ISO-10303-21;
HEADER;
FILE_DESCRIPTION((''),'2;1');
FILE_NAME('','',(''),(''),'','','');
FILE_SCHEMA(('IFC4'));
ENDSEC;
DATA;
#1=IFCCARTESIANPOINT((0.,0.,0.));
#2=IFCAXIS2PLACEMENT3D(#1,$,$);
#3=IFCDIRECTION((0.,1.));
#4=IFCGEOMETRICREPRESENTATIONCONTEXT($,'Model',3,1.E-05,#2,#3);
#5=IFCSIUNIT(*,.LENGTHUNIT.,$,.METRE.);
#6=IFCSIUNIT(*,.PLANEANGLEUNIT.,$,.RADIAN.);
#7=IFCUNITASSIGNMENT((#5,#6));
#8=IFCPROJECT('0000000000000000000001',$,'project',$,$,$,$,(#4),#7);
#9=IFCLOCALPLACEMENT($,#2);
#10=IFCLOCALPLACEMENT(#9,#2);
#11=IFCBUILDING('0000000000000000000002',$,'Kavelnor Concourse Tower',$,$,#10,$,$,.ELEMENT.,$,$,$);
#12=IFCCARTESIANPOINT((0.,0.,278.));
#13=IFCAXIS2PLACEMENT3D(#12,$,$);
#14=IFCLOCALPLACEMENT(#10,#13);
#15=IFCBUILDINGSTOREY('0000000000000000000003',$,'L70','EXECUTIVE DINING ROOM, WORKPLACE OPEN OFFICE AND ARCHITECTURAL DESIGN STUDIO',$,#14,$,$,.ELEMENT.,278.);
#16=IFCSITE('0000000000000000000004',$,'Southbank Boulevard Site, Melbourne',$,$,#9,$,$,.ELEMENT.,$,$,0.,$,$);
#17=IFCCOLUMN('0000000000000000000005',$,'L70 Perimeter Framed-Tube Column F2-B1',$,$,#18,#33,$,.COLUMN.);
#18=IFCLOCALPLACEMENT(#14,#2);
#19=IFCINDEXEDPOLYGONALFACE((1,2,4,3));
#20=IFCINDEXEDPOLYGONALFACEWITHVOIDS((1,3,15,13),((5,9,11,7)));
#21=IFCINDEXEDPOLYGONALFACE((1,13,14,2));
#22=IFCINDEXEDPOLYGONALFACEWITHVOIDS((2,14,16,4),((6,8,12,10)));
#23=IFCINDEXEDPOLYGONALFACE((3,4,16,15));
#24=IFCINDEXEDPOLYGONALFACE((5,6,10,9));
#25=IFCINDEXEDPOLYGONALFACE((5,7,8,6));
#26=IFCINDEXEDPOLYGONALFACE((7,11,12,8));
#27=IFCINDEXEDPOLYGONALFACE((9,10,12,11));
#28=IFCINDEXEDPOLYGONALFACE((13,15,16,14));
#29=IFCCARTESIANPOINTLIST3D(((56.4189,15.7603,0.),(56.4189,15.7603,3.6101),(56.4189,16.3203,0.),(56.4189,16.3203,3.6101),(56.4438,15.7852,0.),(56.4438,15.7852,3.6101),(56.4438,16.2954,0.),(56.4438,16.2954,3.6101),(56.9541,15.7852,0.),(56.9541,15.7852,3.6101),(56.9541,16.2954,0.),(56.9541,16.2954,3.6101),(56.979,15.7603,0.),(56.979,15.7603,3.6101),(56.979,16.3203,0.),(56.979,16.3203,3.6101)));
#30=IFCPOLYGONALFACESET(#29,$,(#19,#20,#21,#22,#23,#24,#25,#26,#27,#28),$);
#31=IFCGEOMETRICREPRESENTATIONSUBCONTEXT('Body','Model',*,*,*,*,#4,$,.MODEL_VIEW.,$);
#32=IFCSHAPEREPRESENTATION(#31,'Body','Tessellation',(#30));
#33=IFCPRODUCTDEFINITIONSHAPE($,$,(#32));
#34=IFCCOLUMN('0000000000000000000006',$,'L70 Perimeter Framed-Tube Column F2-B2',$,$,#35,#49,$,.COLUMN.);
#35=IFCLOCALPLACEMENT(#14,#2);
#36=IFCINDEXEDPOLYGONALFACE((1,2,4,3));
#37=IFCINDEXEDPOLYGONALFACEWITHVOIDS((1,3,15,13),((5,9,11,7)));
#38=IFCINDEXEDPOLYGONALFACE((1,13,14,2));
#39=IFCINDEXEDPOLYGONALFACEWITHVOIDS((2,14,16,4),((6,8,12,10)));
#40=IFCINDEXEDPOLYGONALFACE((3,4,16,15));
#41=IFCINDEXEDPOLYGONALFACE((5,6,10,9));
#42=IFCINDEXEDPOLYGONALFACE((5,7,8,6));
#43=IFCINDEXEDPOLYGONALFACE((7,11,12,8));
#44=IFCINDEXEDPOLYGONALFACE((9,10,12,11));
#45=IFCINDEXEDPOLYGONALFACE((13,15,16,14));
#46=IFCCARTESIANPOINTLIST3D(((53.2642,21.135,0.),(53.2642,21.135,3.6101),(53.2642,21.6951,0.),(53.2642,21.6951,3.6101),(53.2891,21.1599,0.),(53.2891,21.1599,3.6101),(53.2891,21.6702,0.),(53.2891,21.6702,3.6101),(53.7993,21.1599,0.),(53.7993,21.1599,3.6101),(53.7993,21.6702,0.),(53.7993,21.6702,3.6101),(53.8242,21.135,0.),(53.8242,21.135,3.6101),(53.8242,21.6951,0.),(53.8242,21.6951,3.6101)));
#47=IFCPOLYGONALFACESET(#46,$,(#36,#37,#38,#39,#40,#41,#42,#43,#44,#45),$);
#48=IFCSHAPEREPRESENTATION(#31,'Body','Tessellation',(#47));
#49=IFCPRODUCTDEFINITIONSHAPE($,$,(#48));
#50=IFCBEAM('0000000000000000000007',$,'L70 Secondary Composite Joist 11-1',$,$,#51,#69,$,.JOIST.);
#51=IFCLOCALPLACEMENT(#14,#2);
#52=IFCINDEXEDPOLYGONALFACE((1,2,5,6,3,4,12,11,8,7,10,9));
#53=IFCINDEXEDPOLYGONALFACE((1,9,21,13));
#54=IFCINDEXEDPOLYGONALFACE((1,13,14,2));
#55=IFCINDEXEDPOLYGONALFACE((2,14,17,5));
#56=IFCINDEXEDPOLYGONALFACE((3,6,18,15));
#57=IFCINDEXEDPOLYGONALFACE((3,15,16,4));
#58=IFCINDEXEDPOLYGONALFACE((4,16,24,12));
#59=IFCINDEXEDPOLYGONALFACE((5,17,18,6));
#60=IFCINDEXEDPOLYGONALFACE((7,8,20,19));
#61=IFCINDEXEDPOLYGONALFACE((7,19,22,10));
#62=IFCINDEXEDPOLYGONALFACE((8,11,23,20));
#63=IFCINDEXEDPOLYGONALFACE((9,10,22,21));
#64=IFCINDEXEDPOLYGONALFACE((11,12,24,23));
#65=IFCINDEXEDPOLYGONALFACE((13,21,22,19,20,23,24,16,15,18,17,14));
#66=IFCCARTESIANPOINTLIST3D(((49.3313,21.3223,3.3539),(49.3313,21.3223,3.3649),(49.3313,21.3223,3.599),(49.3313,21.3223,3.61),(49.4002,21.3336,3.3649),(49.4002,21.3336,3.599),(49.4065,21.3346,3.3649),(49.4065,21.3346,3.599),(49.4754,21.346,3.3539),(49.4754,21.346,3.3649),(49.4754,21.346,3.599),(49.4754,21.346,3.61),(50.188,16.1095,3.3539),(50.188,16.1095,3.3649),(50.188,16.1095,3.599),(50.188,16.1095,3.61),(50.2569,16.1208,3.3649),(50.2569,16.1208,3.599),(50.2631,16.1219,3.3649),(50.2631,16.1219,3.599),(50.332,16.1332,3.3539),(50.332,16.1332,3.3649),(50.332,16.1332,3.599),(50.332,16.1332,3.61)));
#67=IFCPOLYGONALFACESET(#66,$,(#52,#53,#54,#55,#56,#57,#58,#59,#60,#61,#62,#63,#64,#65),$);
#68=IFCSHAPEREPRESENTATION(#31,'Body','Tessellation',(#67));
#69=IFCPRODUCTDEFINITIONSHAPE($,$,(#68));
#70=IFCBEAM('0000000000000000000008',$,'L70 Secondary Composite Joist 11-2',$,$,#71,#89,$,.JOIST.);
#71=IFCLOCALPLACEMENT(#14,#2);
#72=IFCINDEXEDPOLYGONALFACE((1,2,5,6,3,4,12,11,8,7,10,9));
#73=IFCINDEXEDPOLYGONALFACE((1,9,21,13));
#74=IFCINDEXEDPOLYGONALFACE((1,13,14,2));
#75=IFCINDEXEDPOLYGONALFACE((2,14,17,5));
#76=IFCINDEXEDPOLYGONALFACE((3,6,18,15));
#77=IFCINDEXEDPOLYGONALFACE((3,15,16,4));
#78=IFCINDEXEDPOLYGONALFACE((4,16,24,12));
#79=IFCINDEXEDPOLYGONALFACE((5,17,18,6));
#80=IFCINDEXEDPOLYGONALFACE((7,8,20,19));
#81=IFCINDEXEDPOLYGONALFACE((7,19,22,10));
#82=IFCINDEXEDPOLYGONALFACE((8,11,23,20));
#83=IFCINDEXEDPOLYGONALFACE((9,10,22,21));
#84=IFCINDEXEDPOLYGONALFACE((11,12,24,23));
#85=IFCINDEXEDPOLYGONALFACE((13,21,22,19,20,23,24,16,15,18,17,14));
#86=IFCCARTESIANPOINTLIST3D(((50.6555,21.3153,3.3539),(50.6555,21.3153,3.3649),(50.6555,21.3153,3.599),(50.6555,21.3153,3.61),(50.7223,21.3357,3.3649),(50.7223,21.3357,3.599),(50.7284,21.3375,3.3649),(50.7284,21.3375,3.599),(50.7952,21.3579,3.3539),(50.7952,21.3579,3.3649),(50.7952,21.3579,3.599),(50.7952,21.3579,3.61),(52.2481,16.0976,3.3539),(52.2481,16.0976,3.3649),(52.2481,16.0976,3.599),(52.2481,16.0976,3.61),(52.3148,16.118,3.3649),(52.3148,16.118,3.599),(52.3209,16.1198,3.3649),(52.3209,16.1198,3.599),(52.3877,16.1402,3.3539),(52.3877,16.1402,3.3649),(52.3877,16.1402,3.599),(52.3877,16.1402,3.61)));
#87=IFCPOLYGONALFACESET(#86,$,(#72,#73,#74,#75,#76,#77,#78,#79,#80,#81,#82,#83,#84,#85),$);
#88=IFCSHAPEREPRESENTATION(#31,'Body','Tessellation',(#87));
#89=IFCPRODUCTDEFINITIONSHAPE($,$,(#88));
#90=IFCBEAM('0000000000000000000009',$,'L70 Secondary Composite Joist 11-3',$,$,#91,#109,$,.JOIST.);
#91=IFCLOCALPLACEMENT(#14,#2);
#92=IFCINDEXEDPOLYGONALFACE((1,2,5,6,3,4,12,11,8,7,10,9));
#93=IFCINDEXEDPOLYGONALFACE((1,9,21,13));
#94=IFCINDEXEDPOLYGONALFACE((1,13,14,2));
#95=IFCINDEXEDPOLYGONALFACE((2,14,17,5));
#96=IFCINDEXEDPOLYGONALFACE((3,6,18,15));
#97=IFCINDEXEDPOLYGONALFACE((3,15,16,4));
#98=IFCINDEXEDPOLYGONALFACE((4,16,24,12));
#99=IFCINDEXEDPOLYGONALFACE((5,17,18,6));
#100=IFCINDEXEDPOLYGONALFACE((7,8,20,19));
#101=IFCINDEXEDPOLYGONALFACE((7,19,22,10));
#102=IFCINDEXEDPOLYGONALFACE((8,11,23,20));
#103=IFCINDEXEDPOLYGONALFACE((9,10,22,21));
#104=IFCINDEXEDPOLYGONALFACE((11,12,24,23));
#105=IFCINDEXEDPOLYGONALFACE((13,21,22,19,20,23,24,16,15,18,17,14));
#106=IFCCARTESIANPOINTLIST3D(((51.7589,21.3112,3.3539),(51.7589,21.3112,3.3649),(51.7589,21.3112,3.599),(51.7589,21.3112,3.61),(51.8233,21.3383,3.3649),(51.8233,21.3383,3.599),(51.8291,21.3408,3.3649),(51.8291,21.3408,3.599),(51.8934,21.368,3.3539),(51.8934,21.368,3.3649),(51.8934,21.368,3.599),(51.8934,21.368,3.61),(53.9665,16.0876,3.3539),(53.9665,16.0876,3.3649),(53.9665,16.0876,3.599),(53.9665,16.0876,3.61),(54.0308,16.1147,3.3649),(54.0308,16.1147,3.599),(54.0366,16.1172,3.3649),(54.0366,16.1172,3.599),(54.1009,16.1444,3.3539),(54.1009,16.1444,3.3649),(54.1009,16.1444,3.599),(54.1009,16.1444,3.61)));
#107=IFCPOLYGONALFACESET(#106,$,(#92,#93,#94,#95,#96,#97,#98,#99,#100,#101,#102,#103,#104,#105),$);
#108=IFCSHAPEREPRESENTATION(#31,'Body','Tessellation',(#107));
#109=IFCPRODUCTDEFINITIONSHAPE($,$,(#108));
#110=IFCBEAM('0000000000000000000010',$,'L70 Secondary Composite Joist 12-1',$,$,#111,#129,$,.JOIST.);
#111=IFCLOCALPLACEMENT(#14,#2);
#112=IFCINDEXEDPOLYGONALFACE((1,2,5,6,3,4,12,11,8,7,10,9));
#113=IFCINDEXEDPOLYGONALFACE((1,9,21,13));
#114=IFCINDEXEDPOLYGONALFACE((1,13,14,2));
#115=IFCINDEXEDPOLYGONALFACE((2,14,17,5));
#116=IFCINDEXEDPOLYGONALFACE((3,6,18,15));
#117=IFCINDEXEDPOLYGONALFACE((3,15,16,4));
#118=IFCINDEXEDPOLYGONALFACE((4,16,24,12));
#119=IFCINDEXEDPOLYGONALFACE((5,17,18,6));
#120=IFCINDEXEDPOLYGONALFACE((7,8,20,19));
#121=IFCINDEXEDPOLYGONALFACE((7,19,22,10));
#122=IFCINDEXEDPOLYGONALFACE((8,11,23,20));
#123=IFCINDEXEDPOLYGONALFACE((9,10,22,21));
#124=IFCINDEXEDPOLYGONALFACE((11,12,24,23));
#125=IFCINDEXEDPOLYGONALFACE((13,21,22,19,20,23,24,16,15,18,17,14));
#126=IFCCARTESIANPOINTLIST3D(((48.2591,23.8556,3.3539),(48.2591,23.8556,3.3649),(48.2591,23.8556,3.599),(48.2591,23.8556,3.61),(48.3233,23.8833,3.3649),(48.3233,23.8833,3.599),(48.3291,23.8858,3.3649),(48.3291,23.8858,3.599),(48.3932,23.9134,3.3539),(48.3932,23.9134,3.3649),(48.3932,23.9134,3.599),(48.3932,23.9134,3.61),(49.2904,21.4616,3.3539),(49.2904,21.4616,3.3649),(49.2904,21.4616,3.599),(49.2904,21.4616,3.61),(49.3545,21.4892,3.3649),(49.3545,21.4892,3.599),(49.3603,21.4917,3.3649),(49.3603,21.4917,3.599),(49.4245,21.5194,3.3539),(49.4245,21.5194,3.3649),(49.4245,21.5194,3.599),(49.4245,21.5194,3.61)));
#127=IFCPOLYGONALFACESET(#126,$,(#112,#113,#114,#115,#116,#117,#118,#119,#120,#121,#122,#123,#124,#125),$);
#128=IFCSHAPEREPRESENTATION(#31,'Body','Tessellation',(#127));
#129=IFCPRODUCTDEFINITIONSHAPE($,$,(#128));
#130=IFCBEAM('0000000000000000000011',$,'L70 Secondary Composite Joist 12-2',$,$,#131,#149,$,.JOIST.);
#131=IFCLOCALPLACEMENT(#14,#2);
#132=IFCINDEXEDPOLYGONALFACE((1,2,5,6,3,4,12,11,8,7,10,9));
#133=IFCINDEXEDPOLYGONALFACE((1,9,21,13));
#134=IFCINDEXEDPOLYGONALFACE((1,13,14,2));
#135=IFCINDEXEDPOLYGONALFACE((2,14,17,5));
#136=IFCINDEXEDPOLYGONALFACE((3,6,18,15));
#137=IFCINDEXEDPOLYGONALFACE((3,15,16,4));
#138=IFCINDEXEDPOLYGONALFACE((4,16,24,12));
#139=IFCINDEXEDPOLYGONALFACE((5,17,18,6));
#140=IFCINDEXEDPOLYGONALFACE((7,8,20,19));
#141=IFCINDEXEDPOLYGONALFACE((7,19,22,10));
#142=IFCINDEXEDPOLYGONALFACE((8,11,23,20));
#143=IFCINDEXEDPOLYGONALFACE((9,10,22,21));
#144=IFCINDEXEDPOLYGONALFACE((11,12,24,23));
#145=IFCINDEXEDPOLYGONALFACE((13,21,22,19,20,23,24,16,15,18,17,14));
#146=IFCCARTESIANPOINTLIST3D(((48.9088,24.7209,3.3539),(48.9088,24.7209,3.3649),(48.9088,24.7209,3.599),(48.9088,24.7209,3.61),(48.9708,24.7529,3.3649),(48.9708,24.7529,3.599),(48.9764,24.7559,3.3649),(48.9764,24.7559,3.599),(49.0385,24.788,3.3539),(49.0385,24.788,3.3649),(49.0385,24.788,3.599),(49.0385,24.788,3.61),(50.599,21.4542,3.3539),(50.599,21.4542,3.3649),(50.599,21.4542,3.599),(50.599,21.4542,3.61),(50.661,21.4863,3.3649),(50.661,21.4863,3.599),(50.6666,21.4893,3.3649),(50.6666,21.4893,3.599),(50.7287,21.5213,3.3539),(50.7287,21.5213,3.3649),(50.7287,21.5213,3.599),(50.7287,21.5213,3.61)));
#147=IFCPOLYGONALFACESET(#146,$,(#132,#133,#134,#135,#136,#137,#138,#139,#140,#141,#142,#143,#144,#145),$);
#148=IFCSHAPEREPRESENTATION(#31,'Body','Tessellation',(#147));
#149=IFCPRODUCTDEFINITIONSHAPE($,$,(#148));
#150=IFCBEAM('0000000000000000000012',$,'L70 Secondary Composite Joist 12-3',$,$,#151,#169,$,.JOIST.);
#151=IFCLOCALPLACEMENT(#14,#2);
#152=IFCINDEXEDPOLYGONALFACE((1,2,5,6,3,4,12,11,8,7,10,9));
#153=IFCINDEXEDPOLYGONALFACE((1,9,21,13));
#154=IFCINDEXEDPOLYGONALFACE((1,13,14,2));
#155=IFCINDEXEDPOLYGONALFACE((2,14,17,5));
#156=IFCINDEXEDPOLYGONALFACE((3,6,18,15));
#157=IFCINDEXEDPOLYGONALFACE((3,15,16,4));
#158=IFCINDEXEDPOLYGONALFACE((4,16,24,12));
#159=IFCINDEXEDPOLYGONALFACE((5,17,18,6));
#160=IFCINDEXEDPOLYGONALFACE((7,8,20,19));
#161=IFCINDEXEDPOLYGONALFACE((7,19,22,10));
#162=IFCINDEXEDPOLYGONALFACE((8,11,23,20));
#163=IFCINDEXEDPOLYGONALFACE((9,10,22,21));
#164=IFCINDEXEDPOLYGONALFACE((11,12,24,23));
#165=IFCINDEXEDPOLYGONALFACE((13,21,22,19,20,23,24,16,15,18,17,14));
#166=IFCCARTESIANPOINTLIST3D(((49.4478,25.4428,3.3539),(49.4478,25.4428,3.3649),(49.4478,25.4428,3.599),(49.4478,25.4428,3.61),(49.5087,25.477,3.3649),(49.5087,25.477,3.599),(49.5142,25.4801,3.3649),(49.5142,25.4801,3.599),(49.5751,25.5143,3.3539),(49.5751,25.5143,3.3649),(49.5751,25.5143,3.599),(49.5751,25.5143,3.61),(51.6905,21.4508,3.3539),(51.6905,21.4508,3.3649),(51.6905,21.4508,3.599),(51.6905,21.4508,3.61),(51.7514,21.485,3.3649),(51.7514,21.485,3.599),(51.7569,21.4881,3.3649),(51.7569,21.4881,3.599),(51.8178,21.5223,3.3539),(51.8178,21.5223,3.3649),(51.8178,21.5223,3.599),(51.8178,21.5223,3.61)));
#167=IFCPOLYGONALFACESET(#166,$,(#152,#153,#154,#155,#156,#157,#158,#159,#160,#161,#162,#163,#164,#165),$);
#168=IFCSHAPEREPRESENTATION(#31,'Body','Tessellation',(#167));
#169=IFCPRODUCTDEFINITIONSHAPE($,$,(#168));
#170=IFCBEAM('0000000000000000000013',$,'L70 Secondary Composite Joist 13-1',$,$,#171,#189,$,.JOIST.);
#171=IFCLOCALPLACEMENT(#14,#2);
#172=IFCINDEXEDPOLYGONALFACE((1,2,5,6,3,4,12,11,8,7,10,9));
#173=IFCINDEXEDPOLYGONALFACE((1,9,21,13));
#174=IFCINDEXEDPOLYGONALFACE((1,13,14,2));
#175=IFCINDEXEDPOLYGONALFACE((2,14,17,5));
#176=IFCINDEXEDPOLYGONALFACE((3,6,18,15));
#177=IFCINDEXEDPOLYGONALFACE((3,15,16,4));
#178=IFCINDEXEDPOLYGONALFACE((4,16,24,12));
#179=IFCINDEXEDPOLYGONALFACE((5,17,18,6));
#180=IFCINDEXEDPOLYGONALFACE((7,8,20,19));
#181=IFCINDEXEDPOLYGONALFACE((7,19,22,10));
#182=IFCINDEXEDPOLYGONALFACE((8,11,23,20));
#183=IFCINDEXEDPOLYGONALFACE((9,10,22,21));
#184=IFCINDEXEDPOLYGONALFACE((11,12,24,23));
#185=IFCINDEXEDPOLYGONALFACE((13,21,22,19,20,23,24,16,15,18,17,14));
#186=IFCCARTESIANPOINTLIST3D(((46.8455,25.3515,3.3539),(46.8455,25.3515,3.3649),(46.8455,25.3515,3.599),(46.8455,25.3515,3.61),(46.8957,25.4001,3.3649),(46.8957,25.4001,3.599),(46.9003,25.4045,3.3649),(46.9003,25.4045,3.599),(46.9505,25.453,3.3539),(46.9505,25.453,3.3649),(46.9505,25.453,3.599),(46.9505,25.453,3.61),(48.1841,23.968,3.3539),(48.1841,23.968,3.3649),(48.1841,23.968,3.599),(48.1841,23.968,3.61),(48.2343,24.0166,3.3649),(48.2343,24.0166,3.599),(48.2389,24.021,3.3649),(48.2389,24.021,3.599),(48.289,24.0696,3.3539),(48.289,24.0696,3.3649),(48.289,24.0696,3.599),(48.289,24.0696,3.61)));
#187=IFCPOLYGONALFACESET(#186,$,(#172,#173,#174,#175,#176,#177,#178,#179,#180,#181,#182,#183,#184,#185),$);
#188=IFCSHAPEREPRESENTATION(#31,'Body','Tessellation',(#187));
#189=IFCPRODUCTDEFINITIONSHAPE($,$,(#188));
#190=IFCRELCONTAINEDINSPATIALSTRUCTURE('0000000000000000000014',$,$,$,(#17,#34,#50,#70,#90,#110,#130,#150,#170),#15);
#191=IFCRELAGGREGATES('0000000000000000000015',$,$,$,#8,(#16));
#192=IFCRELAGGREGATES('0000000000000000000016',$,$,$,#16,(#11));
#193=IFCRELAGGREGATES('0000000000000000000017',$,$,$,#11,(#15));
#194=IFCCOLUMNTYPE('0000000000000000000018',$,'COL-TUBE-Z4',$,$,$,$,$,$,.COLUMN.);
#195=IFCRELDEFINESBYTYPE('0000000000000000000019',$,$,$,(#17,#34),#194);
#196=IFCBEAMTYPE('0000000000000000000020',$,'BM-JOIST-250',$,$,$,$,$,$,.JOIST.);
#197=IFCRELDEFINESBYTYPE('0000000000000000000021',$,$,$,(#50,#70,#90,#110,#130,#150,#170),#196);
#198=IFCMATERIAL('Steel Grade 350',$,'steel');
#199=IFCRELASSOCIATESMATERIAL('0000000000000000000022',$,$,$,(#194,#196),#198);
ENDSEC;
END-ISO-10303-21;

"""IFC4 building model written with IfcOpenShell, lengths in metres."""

from ifc_helpers import new_model, si_unit, direction, frame, origin, origin_2d, place, context, subcontext, project, spatial, hollow_rectangle, i_section, extrude, material, material_profile, profile_set, type_object, element, save


model = new_model("IFC4")

# Units and contexts
model_context = context("Model", 3, precision=1e-05, world=origin(), true_north=direction((0.0, 1.0)))
body_context = subcontext(model_context, "Body", "Model", "MODEL_VIEW")
ifc_project = project(units=[si_unit("LENGTHUNIT", "METRE"), si_unit("PLANEANGLEUNIT", "RADIAN")], contexts=[model_context])

# Site, building, storey
site_placement = place(None, origin())
site = spatial("IfcSite", under=ifc_project, at=site_placement, Name="Southbank Boulevard Site, Melbourne", CompositionType="ELEMENT", RefElevation=0.0)
building_placement = place(site_placement, origin())
building = spatial("IfcBuilding", under=site, at=building_placement, Name="Kavelnor Concourse Tower", CompositionType="ELEMENT")
storey_placement = place(building_placement, frame((0.0, 0.0, 278.0)))
storey = spatial("IfcBuildingStorey", under=building, at=storey_placement, Name="L70", Description="EXECUTIVE DINING ROOM, WORKPLACE OPEN OFFICE AND ARCHITECTURAL DESIGN STUDIO", CompositionType="ELEMENT", Elevation=278.0)

# Columns
ifc_material_1 = material(Name="Steel Grade 350", Category="steel")
ifc_material_profile_1 = material_profile(ifc_material_1, hollow_rectangle(XDim=0.5601, YDim=0.5601, WallThickness=0.0249, at=origin_2d()), Name="SHS 560x560x25")
ifc_profile_set_1 = profile_set([ifc_material_profile_1], Name="Steel Grade 350")
column_type = type_object("IfcColumnType", Name="COL-TUBE-Z4", PredefinedType="COLUMN", material=ifc_profile_set_1)
for number, where, z_axis, x_axis, name in (
    (1, (56.699, 16.0403, 0.0), (0.0, 0.0, 1.0), (1.0, 0.0, 0.0), "L70 Perimeter Framed-Tube Column F2-B1"),
    (2, (53.5442, 21.415, 0.0), (0.0, 0.0, 1.0), (1.0, 0.0, 0.0), "L70 Perimeter Framed-Tube Column F2-B2"),
):
    element("IfcColumn", number, at=place(storey_placement, frame(where, z_axis=z_axis, x_axis=x_axis)), inside=storey, type_object=column_type, Name=name, PredefinedType="COLUMN", context=body_context, shape_type="SweptSolid", body=[
        extrude(hollow_rectangle(XDim=0.5601, YDim=0.5601, WallThickness=0.0249, at=origin_2d()), origin(), (0.0, 0.0, 1.0), 3.6101),
    ])

# Beams
ifc_material_profile_2 = material_profile(ifc_material_1, i_section(OverallWidth=0.146, OverallDepth=0.2561, WebThickness=0.0063, FlangeThickness=0.011, at=origin_2d()), Name="250UB37")
ifc_profile_set_2 = profile_set([ifc_material_profile_2], Name="Steel Grade 350")
beam_type_1 = type_object("IfcBeamType", Name="BM-JOIST-250", PredefinedType="JOIST", material=ifc_profile_set_2)
beam_1_placement = place(storey_placement, frame((50.26, 16.1213, 3.4819), z_axis=(-0.162165, 0.986764, 0.0), x_axis=(-0.986764, -0.162165, 0.0)))
element("IfcBeam", 3, at=beam_1_placement, inside=storey, type_object=beam_type_1, Name="L70 Secondary Composite Joist 11-1", PredefinedType="JOIST", context=body_context, shape_type="SweptSolid", body=[
    extrude(i_section(OverallWidth=0.146, OverallDepth=0.2561, WebThickness=0.0063, FlangeThickness=0.011, at=origin_2d()), origin(), (0.0, 0.0, 1.0), 5.2827),
])
beam_2_placement = place(storey_placement, frame((52.3179, 16.1189, 3.4819), z_axis=(-0.291918, 0.956443, 0.0), x_axis=(-0.956443, -0.291918, 0.0)))
element("IfcBeam", 4, at=beam_2_placement, inside=storey, type_object=beam_type_1, Name="L70 Secondary Composite Joist 11-2", PredefinedType="JOIST", context=body_context, shape_type="SweptSolid", body=[
    extrude(i_section(OverallWidth=0.146, OverallDepth=0.2561, WebThickness=0.0063, FlangeThickness=0.011, at=origin_2d()), origin(), (0.0, 0.0, 1.0), 5.4553),
])
beam_3_placement = place(storey_placement, frame((54.0337, 16.116, 3.4819), z_axis=(-0.389269, 0.921124, 0.0), x_axis=(-0.921124, -0.389269, 0.0)))
element("IfcBeam", 5, at=beam_3_placement, inside=storey, type_object=beam_type_1, Name="L70 Secondary Composite Joist 11-3", PredefinedType="JOIST", context=body_context, shape_type="SweptSolid", body=[
    extrude(i_section(OverallWidth=0.146, OverallDepth=0.2561, WebThickness=0.0063, FlangeThickness=0.011, at=origin_2d()), origin(), (0.0, 0.0, 1.0), 5.6709),
])
beam_4_placement = place(storey_placement, frame((49.3574, 21.4905, 3.4819), z_axis=(-0.395614, 0.918417, 0.0), x_axis=(-0.918417, -0.395614, 0.0)))
element("IfcBeam", 6, at=beam_4_placement, inside=storey, type_object=beam_type_1, Name="L70 Secondary Composite Joist 12-1", PredefinedType="JOIST", context=body_context, shape_type="SweptSolid", body=[
    extrude(i_section(OverallWidth=0.146, OverallDepth=0.2561, WebThickness=0.0063, FlangeThickness=0.011, at=origin_2d()), origin(), (0.0, 0.0, 1.0), 2.6067),
])
beam_5_placement = place(storey_placement, frame((50.6638, 21.4878, 3.4819), z_axis=(-0.459544, 0.888155, 0.0), x_axis=(-0.888155, -0.459544, 0.0)))
element("IfcBeam", 7, at=beam_5_placement, inside=storey, type_object=beam_type_1, Name="L70 Secondary Composite Joist 12-2", PredefinedType="JOIST", context=body_context, shape_type="SweptSolid", body=[
    extrude(i_section(OverallWidth=0.146, OverallDepth=0.2561, WebThickness=0.0063, FlangeThickness=0.011, at=origin_2d()), origin(), (0.0, 0.0, 1.0), 3.678),
])
beam_6_placement = place(storey_placement, frame((51.7542, 21.4866, 3.4819), z_axis=(-0.489798, 0.871836, 0.0), x_axis=(-0.871836, -0.489798, 0.0)))
element("IfcBeam", 8, at=beam_6_placement, inside=storey, type_object=beam_type_1, Name="L70 Secondary Composite Joist 12-3", PredefinedType="JOIST", context=body_context, shape_type="SweptSolid", body=[
    extrude(i_section(OverallWidth=0.146, OverallDepth=0.2561, WebThickness=0.0063, FlangeThickness=0.011, at=origin_2d()), origin(), (0.0, 0.0, 1.0), 4.5789),
])
beam_7_placement = place(storey_placement, frame((48.2366, 24.0188, 3.4819), z_axis=(-0.695343, 0.718678, 0.0), x_axis=(-0.718678, -0.695343, 0.0)))
element("IfcBeam", 9, at=beam_7_placement, inside=storey, type_object=beam_type_1, Name="L70 Secondary Composite Joist 13-1", PredefinedType="JOIST", context=body_context, shape_type="SweptSolid", body=[
    extrude(i_section(OverallWidth=0.146, OverallDepth=0.2561, WebThickness=0.0063, FlangeThickness=0.011, at=origin_2d()), origin(), (0.0, 0.0, 1.0), 1.925),
])

save(model, "model.ifc")
